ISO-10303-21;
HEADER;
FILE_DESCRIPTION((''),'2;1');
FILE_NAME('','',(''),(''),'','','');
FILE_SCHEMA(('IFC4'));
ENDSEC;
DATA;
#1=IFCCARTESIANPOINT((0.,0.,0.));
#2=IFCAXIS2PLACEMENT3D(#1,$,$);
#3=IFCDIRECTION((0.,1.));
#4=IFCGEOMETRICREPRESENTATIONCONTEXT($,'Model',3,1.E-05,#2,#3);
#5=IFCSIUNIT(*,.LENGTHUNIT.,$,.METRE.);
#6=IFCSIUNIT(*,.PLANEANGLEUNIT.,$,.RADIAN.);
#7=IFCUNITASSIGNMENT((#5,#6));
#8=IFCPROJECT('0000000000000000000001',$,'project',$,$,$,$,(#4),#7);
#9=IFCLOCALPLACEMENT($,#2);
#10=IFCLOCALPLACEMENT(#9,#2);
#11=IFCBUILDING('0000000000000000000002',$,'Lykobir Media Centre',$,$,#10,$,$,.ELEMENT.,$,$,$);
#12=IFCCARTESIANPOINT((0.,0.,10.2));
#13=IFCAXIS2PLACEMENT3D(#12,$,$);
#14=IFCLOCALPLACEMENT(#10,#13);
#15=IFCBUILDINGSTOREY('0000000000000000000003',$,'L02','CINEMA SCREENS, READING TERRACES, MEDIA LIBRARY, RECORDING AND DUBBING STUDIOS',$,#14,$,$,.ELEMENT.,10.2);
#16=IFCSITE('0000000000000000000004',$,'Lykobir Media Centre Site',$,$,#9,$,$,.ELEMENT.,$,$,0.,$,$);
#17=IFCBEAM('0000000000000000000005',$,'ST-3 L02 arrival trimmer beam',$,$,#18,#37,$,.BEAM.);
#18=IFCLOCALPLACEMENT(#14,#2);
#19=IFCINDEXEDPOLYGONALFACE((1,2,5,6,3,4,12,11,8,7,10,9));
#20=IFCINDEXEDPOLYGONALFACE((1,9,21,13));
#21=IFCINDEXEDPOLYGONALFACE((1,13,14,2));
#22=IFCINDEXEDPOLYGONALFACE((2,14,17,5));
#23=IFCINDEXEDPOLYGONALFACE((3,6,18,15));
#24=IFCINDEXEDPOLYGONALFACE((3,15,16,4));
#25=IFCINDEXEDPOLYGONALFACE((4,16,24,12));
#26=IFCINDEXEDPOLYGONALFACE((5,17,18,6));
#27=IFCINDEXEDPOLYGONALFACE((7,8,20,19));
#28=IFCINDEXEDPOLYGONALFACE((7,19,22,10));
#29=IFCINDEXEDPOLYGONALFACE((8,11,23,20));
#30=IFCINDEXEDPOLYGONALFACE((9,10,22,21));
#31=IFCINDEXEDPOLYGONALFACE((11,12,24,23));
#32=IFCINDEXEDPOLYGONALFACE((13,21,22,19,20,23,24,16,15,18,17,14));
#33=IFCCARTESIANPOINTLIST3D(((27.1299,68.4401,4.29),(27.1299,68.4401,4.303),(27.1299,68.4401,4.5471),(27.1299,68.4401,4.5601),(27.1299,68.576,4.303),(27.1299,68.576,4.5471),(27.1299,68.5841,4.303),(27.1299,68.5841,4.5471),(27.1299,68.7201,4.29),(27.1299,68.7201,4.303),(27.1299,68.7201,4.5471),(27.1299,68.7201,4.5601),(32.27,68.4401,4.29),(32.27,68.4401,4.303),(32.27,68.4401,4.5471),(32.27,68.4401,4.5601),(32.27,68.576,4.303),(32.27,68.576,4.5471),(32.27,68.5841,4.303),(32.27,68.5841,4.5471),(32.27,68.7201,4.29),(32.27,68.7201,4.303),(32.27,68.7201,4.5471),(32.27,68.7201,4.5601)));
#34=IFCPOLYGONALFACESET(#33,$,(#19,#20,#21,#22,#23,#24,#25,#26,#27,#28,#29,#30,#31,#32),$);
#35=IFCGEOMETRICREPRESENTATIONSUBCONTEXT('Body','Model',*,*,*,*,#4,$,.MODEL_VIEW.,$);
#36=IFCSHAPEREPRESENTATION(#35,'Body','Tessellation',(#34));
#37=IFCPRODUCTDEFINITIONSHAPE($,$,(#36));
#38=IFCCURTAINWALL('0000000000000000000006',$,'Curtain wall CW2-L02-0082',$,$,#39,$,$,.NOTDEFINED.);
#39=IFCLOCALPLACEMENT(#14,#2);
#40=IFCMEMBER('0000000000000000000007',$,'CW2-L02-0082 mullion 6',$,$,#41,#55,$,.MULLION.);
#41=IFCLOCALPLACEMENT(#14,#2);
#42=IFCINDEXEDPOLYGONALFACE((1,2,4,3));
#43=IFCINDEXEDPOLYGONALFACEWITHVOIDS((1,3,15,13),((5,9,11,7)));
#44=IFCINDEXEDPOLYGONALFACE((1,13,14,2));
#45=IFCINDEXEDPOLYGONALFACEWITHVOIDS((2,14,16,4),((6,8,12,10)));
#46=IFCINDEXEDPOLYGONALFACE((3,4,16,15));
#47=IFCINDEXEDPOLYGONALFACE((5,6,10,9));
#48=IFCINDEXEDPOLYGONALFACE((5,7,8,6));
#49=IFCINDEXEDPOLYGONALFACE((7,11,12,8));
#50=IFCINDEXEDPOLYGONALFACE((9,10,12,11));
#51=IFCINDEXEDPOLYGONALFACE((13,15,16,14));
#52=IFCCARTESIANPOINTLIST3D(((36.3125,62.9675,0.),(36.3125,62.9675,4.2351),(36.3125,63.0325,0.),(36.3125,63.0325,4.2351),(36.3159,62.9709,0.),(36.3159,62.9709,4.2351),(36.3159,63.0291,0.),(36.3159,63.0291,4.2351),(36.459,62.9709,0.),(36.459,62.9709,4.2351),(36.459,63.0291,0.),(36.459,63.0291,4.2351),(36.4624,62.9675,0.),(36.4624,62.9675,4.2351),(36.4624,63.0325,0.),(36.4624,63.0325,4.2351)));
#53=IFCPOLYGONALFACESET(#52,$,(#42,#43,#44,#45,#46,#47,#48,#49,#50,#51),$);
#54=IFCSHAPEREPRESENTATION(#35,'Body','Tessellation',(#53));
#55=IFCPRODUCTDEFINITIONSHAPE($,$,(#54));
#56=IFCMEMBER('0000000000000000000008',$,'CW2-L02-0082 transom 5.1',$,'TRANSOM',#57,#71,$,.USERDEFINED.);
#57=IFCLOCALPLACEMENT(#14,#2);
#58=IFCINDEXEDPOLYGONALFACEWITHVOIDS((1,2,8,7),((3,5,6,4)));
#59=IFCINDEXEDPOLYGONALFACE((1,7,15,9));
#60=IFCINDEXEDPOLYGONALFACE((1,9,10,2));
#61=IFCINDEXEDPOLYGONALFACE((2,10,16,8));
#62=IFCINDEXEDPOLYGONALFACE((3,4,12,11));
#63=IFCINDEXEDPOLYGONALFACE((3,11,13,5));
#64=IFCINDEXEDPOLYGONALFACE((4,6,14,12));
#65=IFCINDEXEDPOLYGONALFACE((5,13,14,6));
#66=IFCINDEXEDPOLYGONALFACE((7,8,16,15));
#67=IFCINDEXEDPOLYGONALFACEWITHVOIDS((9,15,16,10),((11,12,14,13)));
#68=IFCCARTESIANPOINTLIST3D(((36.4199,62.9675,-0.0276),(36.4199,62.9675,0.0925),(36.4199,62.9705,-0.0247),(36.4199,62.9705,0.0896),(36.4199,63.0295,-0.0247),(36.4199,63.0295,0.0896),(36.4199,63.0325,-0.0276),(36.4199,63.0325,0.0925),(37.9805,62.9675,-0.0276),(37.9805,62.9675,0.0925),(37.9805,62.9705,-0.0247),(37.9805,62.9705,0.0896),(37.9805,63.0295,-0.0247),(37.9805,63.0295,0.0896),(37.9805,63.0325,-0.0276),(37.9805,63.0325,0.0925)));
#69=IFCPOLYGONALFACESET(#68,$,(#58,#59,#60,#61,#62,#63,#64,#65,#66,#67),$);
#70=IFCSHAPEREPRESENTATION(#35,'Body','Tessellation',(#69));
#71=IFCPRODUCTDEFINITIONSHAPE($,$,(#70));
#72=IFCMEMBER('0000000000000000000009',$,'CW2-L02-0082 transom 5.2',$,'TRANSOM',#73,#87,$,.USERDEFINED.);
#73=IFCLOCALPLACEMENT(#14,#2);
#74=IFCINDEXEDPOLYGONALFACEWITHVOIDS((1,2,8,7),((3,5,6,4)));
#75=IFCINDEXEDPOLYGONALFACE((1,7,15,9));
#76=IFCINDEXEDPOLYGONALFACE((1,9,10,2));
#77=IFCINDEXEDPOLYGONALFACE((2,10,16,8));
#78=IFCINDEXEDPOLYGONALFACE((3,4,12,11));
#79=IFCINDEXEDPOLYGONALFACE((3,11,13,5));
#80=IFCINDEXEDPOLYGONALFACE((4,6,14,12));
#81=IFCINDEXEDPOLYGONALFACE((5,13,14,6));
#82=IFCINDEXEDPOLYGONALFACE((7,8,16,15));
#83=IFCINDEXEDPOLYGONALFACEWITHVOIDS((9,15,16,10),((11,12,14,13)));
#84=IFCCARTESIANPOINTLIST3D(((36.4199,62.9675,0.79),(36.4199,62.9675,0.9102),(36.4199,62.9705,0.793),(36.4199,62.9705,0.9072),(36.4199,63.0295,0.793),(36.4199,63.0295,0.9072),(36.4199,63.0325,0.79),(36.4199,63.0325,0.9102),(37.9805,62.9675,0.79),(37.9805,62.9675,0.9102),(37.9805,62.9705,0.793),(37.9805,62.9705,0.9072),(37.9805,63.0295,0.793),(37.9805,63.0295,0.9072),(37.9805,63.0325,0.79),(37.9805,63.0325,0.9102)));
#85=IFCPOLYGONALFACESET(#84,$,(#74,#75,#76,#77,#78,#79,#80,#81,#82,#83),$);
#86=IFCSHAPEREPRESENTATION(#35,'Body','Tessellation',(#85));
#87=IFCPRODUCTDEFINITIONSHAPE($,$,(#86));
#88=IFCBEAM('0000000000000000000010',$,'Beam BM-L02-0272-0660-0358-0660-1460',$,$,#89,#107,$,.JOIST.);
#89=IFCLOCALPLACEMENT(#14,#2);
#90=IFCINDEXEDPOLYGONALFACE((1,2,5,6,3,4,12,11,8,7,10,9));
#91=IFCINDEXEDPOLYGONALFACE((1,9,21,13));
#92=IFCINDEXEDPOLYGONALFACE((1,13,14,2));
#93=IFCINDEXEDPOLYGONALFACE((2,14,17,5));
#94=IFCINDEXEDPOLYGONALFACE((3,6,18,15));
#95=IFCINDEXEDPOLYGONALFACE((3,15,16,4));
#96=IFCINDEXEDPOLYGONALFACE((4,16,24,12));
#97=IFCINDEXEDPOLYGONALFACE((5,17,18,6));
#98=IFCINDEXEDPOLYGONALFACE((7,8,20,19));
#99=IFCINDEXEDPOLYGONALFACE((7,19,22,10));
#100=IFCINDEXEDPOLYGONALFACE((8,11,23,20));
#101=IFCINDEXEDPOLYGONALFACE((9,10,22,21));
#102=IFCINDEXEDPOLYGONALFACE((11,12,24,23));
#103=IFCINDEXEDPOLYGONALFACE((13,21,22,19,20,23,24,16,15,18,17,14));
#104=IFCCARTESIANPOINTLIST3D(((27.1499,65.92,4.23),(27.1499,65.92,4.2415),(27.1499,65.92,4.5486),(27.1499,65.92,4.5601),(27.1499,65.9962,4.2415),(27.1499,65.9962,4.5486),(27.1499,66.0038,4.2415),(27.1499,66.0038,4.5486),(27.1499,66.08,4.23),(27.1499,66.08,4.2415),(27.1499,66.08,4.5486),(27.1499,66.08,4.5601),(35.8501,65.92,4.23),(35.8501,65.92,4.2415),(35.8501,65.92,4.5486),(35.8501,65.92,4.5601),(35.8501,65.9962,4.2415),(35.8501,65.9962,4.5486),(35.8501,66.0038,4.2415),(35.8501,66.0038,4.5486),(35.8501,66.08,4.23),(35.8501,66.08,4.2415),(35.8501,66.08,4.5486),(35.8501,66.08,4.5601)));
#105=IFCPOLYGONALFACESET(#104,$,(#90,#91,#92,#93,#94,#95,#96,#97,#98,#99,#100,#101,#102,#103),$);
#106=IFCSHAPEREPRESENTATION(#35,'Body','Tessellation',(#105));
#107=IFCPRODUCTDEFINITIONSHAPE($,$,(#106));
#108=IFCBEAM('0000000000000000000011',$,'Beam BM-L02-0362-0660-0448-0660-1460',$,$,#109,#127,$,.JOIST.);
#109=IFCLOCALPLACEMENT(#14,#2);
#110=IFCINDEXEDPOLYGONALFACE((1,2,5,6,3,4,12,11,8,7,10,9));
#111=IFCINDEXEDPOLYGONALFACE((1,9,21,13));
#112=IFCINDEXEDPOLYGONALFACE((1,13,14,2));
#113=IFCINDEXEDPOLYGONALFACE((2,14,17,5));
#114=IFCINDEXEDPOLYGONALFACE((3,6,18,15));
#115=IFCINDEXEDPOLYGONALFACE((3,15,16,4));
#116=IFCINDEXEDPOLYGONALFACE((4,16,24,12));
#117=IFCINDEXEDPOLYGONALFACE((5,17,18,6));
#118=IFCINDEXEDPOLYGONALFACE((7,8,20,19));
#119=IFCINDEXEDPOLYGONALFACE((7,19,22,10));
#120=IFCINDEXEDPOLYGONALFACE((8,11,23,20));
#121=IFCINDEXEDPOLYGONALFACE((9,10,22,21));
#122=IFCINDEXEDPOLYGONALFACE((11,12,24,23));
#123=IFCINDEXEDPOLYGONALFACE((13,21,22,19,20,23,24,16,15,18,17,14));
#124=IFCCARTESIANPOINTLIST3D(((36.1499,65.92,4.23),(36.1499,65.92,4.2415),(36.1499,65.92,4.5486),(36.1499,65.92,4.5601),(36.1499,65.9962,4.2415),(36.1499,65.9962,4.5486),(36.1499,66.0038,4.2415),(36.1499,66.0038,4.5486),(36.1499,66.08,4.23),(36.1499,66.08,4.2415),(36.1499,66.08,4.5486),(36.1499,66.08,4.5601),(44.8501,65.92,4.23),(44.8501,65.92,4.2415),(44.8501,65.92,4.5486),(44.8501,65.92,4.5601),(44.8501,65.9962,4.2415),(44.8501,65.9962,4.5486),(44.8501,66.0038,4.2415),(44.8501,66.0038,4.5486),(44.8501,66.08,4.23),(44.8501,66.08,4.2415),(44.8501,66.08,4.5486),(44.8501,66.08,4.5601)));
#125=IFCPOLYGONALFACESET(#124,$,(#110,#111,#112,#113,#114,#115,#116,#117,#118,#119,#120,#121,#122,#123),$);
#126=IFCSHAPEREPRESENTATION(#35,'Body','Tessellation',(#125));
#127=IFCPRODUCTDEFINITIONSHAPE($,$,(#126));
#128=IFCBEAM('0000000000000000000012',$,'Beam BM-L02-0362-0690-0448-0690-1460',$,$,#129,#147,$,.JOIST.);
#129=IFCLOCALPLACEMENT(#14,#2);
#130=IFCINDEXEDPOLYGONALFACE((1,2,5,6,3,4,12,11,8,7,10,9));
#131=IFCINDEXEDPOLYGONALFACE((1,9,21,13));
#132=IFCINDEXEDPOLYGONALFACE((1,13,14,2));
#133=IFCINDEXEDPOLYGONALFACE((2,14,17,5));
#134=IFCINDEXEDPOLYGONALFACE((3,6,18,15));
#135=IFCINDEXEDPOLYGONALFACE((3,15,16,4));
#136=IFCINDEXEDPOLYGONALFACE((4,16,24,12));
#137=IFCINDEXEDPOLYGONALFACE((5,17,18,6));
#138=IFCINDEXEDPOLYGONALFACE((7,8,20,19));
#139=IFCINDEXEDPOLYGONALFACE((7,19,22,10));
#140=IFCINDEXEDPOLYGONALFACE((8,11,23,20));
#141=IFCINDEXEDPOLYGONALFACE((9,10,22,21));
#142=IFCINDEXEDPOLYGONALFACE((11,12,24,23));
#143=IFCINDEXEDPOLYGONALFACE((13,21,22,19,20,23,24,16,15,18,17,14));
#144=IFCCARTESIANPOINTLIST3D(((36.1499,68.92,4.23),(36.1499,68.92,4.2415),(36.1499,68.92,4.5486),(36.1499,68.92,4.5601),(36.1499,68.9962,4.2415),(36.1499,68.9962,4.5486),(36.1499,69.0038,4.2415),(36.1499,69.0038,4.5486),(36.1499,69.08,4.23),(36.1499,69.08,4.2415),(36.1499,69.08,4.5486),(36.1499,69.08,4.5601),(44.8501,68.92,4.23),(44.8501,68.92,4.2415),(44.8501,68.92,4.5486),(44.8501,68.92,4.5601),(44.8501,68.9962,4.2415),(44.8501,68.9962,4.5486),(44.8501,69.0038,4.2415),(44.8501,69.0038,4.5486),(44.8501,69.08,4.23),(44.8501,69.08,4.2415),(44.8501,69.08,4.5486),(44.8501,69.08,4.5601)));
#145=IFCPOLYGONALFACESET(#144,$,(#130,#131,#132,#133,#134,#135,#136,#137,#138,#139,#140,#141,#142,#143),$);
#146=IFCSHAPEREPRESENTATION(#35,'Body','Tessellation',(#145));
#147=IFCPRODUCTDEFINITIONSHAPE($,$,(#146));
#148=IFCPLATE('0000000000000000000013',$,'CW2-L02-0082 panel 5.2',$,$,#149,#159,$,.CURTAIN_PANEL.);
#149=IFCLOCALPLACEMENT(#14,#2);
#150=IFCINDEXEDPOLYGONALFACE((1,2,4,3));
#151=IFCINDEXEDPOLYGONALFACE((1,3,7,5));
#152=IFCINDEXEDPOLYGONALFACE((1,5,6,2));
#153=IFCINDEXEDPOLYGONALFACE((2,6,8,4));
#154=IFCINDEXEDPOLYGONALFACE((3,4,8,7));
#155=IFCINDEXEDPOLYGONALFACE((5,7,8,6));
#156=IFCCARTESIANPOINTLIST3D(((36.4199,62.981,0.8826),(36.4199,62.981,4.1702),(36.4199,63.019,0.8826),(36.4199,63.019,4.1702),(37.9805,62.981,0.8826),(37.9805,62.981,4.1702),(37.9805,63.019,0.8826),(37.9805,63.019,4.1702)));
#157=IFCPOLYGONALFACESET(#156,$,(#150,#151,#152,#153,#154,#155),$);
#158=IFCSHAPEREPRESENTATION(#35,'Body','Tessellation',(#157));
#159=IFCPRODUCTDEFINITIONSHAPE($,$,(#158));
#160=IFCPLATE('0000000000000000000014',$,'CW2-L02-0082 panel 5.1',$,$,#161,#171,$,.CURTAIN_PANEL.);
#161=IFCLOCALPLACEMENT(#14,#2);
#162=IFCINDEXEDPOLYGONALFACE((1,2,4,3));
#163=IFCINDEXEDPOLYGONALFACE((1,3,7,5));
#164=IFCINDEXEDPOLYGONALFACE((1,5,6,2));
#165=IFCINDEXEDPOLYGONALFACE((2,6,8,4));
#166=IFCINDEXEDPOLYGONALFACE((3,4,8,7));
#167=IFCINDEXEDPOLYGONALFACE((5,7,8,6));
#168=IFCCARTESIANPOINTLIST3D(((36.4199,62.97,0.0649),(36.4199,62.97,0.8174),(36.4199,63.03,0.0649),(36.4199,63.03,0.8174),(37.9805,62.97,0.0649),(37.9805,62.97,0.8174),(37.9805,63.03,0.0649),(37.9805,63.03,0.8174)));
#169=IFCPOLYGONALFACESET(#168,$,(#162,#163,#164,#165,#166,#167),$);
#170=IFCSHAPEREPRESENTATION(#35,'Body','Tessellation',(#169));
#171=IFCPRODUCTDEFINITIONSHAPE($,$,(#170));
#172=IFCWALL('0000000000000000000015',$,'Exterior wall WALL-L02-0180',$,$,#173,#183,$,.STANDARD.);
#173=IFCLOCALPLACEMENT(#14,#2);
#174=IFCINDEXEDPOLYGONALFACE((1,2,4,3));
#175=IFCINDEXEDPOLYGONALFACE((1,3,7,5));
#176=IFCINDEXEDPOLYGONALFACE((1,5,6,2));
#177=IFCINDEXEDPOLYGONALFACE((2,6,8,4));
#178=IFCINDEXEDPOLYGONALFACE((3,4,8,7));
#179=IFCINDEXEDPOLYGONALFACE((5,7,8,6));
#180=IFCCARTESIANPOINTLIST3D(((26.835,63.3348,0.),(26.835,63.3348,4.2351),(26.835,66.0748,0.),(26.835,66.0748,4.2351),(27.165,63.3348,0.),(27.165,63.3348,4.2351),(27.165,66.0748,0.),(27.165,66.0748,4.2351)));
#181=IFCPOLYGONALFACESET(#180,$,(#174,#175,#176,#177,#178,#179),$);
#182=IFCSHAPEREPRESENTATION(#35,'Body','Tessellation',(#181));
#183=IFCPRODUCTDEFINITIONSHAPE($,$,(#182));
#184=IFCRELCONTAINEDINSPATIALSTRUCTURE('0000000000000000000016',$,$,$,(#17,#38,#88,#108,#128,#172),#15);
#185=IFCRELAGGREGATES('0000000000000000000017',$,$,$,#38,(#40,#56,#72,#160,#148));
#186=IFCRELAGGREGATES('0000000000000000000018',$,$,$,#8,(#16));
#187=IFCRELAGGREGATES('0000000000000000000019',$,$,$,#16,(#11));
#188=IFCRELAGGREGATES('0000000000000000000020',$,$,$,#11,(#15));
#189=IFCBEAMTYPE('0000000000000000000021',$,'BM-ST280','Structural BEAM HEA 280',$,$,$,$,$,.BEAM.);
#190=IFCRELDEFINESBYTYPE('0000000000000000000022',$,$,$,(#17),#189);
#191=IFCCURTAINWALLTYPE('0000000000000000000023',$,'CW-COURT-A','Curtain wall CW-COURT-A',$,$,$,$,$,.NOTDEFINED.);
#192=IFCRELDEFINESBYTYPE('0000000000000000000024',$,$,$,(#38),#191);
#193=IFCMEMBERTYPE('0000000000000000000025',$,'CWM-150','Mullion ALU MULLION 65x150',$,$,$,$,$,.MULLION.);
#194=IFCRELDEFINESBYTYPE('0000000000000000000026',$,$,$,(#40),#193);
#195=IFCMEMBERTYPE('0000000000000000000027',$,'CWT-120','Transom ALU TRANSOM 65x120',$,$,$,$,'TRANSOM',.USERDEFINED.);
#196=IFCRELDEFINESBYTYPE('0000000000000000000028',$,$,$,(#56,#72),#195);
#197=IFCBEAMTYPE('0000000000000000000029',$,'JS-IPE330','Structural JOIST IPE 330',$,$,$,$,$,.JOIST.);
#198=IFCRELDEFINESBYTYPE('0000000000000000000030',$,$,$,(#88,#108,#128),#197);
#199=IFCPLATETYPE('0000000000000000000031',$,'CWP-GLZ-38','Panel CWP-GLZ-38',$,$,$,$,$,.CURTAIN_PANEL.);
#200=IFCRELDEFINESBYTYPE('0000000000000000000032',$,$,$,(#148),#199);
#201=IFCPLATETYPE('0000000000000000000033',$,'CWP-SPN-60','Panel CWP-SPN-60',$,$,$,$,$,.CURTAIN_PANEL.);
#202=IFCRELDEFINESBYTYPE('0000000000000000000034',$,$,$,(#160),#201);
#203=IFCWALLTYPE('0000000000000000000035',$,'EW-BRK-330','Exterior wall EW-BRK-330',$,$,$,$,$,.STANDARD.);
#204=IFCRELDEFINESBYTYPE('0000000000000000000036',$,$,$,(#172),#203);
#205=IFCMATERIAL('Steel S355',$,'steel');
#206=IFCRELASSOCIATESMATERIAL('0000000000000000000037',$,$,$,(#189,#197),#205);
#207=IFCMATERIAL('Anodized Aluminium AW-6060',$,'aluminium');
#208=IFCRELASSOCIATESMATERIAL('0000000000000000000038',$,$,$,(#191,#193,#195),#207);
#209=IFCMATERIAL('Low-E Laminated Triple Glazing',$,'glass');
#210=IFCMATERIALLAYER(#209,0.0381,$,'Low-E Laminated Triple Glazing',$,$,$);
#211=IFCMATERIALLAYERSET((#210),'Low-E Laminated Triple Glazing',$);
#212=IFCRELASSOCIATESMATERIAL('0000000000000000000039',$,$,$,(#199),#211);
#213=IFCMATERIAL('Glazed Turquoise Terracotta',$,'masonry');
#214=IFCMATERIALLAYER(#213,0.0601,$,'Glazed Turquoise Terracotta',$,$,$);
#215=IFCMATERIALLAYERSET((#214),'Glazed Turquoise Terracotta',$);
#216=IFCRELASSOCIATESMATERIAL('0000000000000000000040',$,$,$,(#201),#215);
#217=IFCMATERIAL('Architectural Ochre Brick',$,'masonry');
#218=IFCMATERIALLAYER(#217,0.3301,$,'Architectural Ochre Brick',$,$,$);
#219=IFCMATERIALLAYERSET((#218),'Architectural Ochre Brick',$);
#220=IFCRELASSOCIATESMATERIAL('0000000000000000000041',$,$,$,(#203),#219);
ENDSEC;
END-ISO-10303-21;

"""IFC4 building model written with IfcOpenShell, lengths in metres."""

from ifc_helpers import new_model, si_unit, direction, frame, frame_2d, origin, origin_2d, place, context, subcontext, project, spatial, rectangle, hollow_rectangle, i_section, extrude, material, layer, layer_set, material_profile, profile_set, type_object, element, aggregate, save


model = new_model("IFC4")

# Units and contexts
model_context = context("Model", 3, precision=1e-05, world=origin(), true_north=direction((0.0, 1.0)))
body_context = subcontext(model_context, "Body", "Model", "MODEL_VIEW")
ifc_project = project(units=[si_unit("LENGTHUNIT", "METRE"), si_unit("PLANEANGLEUNIT", "RADIAN")], contexts=[model_context])

# Site, building, storey
site_placement = place(None, origin())
site = spatial("IfcSite", under=ifc_project, at=site_placement, Name="Lykobir Media Centre Site", CompositionType="ELEMENT", RefElevation=0.0)
building_placement = place(site_placement, origin())
building = spatial("IfcBuilding", under=site, at=building_placement, Name="Lykobir Media Centre", CompositionType="ELEMENT")
storey_placement = place(building_placement, frame((0.0, 0.0, 10.2)))
storey = spatial("IfcBuildingStorey", under=building, at=storey_placement, Name="L02", Description="CINEMA SCREENS, READING TERRACES, MEDIA LIBRARY, RECORDING AND DUBBING STUDIOS", CompositionType="ELEMENT", Elevation=10.2)

# Beam
ifc_material_1 = material(Name="Steel S355", Category="steel")
ifc_material_profile_1 = material_profile(ifc_material_1, i_section(OverallWidth=0.28, OverallDepth=0.27, WebThickness=0.0081, FlangeThickness=0.0129, at=origin_2d()), Name="HEA 280")
ifc_profile_set_1 = profile_set([ifc_material_profile_1], Name="Steel S355")
beam_type_1 = type_object("IfcBeamType", Name="BM-ST280", Description="Structural BEAM HEA 280", PredefinedType="BEAM", material=ifc_profile_set_1)
beam_placement = place(storey_placement, frame((27.1299, 68.5801, 4.425), z_axis=(1.0, 0.0, 0.0), x_axis=(0.0, 1.0, 0.0)))
element("IfcBeam", 1, at=beam_placement, inside=storey, type_object=beam_type_1, Name="ST-3 L02 arrival trimmer beam", PredefinedType="BEAM", context=body_context, shape_type="SweptSolid", body=[
    extrude(i_section(OverallWidth=0.28, OverallDepth=0.27, WebThickness=0.0081, FlangeThickness=0.0129, at=origin_2d()), origin(), (0.0, 0.0, 1.0), 5.1401),
])

# Curtain wall, members
ifc_material_2 = material(Name="Anodized Aluminium AW-6060", Category="aluminium")
curtain_wall_type = type_object("IfcCurtainWallType", Name="CW-COURT-A", Description="Curtain wall CW-COURT-A", PredefinedType="NOTDEFINED", material=ifc_material_2)
curtain_wall_placement = place(storey_placement, origin())
curtain_wall = element("IfcCurtainWall", 2, at=curtain_wall_placement, inside=storey, type_object=curtain_wall_type, Name="Curtain wall CW2-L02-0082", PredefinedType="NOTDEFINED")
ifc_material_profile_2 = material_profile(ifc_material_2, hollow_rectangle(XDim=0.0649, YDim=0.1499, WallThickness=0.0034, at=origin_2d()), Name="ALU MULLION 65x150")
ifc_profile_set_2 = profile_set([ifc_material_profile_2], Name="Anodized Aluminium AW-6060")
member_type_1 = type_object("IfcMemberType", Name="CWM-150", Description="Mullion ALU MULLION 65x150", PredefinedType="MULLION", material=ifc_profile_set_2)
member_1_placement = place(storey_placement, frame((36.3875, 63.0, 0.0), z_axis=(0.0, 0.0, 1.0), x_axis=(0.0, -1.0, 0.0)))
member_1 = element("IfcMember", 3, at=member_1_placement, type_object=member_type_1, Name="CW2-L02-0082 mullion 6", PredefinedType="MULLION", context=body_context, shape_type="SweptSolid", body=[
    extrude(hollow_rectangle(XDim=0.0649, YDim=0.1499, WallThickness=0.0034, at=origin_2d()), origin(), (0.0, 0.0, 1.0), 4.2351),
])
ifc_material_profile_3 = material_profile(ifc_material_2, hollow_rectangle(XDim=0.0649, YDim=0.1201, WallThickness=0.0029, at=origin_2d()), Name="ALU TRANSOM 65x120")
ifc_profile_set_3 = profile_set([ifc_material_profile_3], Name="Anodized Aluminium AW-6060")
member_type_2 = type_object("IfcMemberType", Name="CWT-120", Description="Transom ALU TRANSOM 65x120", ElementType="TRANSOM", PredefinedType="USERDEFINED", material=ifc_profile_set_3)
member_2_placement = place(storey_placement, frame((37.9805, 63.0, 0.0325), z_axis=(-1.0, 0.0, 0.0), x_axis=(0.0, -1.0, 0.0)))
member_2 = element("IfcMember", 4, at=member_2_placement, type_object=member_type_2, Name="CW2-L02-0082 transom 5.1", ObjectType="TRANSOM", PredefinedType="USERDEFINED", context=body_context, shape_type="SweptSolid", body=[
    extrude(hollow_rectangle(XDim=0.0649, YDim=0.1201, WallThickness=0.0029, at=origin_2d()), origin(), (0.0, 0.0, 1.0), 1.5605),
])
member_3_placement = place(storey_placement, frame((37.9805, 63.0, 0.8501), z_axis=(-1.0, 0.0, 0.0), x_axis=(0.0, -1.0, 0.0)))
member_3 = element("IfcMember", 5, at=member_3_placement, type_object=member_type_2, Name="CW2-L02-0082 transom 5.2", ObjectType="TRANSOM", PredefinedType="USERDEFINED", context=body_context, shape_type="SweptSolid", body=[
    extrude(hollow_rectangle(XDim=0.0649, YDim=0.1201, WallThickness=0.0029, at=origin_2d()), origin(), (0.0, 0.0, 1.0), 1.5605),
])

# Beams
ifc_material_profile_4 = material_profile(ifc_material_1, i_section(OverallWidth=0.1599, OverallDepth=0.3301, WebThickness=0.0076, FlangeThickness=0.0115, at=origin_2d()), Name="IPE 330")
ifc_profile_set_4 = profile_set([ifc_material_profile_4], Name="Steel S355")
beam_type_2 = type_object("IfcBeamType", Name="JS-IPE330", Description="Structural JOIST IPE 330", PredefinedType="JOIST", material=ifc_profile_set_4)
for number, where, z_axis, x_axis, name in (
    (6, (27.1499, 66.0, 4.395), (1.0, 0.0, 0.0), (0.0, 1.0, 0.0), "Beam BM-L02-0272-0660-0358-0660-1460"),
    (7, (36.1499, 66.0, 4.395), (1.0, 0.0, 0.0), (0.0, 1.0, 0.0), "Beam BM-L02-0362-0660-0448-0660-1460"),
    (8, (36.1499, 69.0, 4.395), (1.0, 0.0, 0.0), (0.0, 1.0, 0.0), "Beam BM-L02-0362-0690-0448-0690-1460"),
):
    element("IfcBeam", number, at=place(storey_placement, frame(where, z_axis=z_axis, x_axis=x_axis)), inside=storey, type_object=beam_type_2, Name=name, PredefinedType="JOIST", context=body_context, shape_type="SweptSolid", body=[
        extrude(i_section(OverallWidth=0.1599, OverallDepth=0.3301, WebThickness=0.0076, FlangeThickness=0.0115, at=origin_2d()), origin(), (0.0, 0.0, 1.0), 8.7002),
    ])

# Plates
ifc_material_3 = material(Name="Low-E Laminated Triple Glazing", Category="glass")
ifc_layer_1 = layer(ifc_material_3, 0.0381, Name="Low-E Laminated Triple Glazing")
ifc_layer_set_1 = layer_set([ifc_layer_1], Name="Low-E Laminated Triple Glazing")
plate_type_1 = type_object("IfcPlateType", Name="CWP-GLZ-38", Description="Panel CWP-GLZ-38", PredefinedType="CURTAIN_PANEL", material=ifc_layer_set_1)
plate_1_placement = place(storey_placement, frame((37.2002, 63.0, 0.8826), z_axis=(0.0, 0.0, 1.0), x_axis=(-1.0, 0.0, 0.0)))
plate_1 = element("IfcPlate", 9, at=plate_1_placement, type_object=plate_type_1, Name="CW2-L02-0082 panel 5.2", PredefinedType="CURTAIN_PANEL", context=body_context, shape_type="SweptSolid", body=[
    extrude(rectangle(XDim=1.5605, YDim=0.0381, at=origin_2d()), origin(), (0.0, 0.0, 1.0), 3.2876),
])
ifc_material_4 = material(Name="Glazed Turquoise Terracotta", Category="masonry")
ifc_layer_2 = layer(ifc_material_4, 0.0601, Name="Glazed Turquoise Terracotta")
ifc_layer_set_2 = layer_set([ifc_layer_2], Name="Glazed Turquoise Terracotta")
plate_type_2 = type_object("IfcPlateType", Name="CWP-SPN-60", Description="Panel CWP-SPN-60", PredefinedType="CURTAIN_PANEL", material=ifc_layer_set_2)
plate_2_placement = place(storey_placement, frame((37.2002, 63.0, 0.0649), z_axis=(0.0, 0.0, 1.0), x_axis=(-1.0, 0.0, 0.0)))
plate_2 = element("IfcPlate", 10, at=plate_2_placement, type_object=plate_type_2, Name="CW2-L02-0082 panel 5.1", PredefinedType="CURTAIN_PANEL", context=body_context, shape_type="SweptSolid", body=[
    extrude(rectangle(XDim=1.5605, YDim=0.0601, at=origin_2d()), origin(), (0.0, 0.0, 1.0), 0.7524),
])
aggregate(curtain_wall, [member_1, member_2, member_3, plate_2, plate_1])

# Wall
ifc_material_5 = material(Name="Architectural Ochre Brick", Category="masonry")
ifc_layer_3 = layer(ifc_material_5, 0.3301, Name="Architectural Ochre Brick")
ifc_layer_set_3 = layer_set([ifc_layer_3], Name="Architectural Ochre Brick")
wall_type_1 = type_object("IfcWallType", Name="EW-BRK-330", Description="Exterior wall EW-BRK-330", PredefinedType="STANDARD", material=ifc_layer_set_3)
wall_1_placement = place(storey_placement, frame((27.0, 66.075, 0.0), z_axis=(0.0, 0.0, 1.0), x_axis=(0.0, -1.0, 0.0)))
element("IfcWall", 11, at=wall_1_placement, inside=storey, type_object=wall_type_1, Name="Exterior wall WALL-L02-0180", PredefinedType="STANDARD", context=body_context, shape_type="SweptSolid", body=[
    extrude(rectangle(XDim=2.74, YDim=0.3301, at=frame_2d((1.3701, 0.0))), origin(), (0.0, 0.0, 1.0), 4.2351),
])

save(model, "model.ifc")
